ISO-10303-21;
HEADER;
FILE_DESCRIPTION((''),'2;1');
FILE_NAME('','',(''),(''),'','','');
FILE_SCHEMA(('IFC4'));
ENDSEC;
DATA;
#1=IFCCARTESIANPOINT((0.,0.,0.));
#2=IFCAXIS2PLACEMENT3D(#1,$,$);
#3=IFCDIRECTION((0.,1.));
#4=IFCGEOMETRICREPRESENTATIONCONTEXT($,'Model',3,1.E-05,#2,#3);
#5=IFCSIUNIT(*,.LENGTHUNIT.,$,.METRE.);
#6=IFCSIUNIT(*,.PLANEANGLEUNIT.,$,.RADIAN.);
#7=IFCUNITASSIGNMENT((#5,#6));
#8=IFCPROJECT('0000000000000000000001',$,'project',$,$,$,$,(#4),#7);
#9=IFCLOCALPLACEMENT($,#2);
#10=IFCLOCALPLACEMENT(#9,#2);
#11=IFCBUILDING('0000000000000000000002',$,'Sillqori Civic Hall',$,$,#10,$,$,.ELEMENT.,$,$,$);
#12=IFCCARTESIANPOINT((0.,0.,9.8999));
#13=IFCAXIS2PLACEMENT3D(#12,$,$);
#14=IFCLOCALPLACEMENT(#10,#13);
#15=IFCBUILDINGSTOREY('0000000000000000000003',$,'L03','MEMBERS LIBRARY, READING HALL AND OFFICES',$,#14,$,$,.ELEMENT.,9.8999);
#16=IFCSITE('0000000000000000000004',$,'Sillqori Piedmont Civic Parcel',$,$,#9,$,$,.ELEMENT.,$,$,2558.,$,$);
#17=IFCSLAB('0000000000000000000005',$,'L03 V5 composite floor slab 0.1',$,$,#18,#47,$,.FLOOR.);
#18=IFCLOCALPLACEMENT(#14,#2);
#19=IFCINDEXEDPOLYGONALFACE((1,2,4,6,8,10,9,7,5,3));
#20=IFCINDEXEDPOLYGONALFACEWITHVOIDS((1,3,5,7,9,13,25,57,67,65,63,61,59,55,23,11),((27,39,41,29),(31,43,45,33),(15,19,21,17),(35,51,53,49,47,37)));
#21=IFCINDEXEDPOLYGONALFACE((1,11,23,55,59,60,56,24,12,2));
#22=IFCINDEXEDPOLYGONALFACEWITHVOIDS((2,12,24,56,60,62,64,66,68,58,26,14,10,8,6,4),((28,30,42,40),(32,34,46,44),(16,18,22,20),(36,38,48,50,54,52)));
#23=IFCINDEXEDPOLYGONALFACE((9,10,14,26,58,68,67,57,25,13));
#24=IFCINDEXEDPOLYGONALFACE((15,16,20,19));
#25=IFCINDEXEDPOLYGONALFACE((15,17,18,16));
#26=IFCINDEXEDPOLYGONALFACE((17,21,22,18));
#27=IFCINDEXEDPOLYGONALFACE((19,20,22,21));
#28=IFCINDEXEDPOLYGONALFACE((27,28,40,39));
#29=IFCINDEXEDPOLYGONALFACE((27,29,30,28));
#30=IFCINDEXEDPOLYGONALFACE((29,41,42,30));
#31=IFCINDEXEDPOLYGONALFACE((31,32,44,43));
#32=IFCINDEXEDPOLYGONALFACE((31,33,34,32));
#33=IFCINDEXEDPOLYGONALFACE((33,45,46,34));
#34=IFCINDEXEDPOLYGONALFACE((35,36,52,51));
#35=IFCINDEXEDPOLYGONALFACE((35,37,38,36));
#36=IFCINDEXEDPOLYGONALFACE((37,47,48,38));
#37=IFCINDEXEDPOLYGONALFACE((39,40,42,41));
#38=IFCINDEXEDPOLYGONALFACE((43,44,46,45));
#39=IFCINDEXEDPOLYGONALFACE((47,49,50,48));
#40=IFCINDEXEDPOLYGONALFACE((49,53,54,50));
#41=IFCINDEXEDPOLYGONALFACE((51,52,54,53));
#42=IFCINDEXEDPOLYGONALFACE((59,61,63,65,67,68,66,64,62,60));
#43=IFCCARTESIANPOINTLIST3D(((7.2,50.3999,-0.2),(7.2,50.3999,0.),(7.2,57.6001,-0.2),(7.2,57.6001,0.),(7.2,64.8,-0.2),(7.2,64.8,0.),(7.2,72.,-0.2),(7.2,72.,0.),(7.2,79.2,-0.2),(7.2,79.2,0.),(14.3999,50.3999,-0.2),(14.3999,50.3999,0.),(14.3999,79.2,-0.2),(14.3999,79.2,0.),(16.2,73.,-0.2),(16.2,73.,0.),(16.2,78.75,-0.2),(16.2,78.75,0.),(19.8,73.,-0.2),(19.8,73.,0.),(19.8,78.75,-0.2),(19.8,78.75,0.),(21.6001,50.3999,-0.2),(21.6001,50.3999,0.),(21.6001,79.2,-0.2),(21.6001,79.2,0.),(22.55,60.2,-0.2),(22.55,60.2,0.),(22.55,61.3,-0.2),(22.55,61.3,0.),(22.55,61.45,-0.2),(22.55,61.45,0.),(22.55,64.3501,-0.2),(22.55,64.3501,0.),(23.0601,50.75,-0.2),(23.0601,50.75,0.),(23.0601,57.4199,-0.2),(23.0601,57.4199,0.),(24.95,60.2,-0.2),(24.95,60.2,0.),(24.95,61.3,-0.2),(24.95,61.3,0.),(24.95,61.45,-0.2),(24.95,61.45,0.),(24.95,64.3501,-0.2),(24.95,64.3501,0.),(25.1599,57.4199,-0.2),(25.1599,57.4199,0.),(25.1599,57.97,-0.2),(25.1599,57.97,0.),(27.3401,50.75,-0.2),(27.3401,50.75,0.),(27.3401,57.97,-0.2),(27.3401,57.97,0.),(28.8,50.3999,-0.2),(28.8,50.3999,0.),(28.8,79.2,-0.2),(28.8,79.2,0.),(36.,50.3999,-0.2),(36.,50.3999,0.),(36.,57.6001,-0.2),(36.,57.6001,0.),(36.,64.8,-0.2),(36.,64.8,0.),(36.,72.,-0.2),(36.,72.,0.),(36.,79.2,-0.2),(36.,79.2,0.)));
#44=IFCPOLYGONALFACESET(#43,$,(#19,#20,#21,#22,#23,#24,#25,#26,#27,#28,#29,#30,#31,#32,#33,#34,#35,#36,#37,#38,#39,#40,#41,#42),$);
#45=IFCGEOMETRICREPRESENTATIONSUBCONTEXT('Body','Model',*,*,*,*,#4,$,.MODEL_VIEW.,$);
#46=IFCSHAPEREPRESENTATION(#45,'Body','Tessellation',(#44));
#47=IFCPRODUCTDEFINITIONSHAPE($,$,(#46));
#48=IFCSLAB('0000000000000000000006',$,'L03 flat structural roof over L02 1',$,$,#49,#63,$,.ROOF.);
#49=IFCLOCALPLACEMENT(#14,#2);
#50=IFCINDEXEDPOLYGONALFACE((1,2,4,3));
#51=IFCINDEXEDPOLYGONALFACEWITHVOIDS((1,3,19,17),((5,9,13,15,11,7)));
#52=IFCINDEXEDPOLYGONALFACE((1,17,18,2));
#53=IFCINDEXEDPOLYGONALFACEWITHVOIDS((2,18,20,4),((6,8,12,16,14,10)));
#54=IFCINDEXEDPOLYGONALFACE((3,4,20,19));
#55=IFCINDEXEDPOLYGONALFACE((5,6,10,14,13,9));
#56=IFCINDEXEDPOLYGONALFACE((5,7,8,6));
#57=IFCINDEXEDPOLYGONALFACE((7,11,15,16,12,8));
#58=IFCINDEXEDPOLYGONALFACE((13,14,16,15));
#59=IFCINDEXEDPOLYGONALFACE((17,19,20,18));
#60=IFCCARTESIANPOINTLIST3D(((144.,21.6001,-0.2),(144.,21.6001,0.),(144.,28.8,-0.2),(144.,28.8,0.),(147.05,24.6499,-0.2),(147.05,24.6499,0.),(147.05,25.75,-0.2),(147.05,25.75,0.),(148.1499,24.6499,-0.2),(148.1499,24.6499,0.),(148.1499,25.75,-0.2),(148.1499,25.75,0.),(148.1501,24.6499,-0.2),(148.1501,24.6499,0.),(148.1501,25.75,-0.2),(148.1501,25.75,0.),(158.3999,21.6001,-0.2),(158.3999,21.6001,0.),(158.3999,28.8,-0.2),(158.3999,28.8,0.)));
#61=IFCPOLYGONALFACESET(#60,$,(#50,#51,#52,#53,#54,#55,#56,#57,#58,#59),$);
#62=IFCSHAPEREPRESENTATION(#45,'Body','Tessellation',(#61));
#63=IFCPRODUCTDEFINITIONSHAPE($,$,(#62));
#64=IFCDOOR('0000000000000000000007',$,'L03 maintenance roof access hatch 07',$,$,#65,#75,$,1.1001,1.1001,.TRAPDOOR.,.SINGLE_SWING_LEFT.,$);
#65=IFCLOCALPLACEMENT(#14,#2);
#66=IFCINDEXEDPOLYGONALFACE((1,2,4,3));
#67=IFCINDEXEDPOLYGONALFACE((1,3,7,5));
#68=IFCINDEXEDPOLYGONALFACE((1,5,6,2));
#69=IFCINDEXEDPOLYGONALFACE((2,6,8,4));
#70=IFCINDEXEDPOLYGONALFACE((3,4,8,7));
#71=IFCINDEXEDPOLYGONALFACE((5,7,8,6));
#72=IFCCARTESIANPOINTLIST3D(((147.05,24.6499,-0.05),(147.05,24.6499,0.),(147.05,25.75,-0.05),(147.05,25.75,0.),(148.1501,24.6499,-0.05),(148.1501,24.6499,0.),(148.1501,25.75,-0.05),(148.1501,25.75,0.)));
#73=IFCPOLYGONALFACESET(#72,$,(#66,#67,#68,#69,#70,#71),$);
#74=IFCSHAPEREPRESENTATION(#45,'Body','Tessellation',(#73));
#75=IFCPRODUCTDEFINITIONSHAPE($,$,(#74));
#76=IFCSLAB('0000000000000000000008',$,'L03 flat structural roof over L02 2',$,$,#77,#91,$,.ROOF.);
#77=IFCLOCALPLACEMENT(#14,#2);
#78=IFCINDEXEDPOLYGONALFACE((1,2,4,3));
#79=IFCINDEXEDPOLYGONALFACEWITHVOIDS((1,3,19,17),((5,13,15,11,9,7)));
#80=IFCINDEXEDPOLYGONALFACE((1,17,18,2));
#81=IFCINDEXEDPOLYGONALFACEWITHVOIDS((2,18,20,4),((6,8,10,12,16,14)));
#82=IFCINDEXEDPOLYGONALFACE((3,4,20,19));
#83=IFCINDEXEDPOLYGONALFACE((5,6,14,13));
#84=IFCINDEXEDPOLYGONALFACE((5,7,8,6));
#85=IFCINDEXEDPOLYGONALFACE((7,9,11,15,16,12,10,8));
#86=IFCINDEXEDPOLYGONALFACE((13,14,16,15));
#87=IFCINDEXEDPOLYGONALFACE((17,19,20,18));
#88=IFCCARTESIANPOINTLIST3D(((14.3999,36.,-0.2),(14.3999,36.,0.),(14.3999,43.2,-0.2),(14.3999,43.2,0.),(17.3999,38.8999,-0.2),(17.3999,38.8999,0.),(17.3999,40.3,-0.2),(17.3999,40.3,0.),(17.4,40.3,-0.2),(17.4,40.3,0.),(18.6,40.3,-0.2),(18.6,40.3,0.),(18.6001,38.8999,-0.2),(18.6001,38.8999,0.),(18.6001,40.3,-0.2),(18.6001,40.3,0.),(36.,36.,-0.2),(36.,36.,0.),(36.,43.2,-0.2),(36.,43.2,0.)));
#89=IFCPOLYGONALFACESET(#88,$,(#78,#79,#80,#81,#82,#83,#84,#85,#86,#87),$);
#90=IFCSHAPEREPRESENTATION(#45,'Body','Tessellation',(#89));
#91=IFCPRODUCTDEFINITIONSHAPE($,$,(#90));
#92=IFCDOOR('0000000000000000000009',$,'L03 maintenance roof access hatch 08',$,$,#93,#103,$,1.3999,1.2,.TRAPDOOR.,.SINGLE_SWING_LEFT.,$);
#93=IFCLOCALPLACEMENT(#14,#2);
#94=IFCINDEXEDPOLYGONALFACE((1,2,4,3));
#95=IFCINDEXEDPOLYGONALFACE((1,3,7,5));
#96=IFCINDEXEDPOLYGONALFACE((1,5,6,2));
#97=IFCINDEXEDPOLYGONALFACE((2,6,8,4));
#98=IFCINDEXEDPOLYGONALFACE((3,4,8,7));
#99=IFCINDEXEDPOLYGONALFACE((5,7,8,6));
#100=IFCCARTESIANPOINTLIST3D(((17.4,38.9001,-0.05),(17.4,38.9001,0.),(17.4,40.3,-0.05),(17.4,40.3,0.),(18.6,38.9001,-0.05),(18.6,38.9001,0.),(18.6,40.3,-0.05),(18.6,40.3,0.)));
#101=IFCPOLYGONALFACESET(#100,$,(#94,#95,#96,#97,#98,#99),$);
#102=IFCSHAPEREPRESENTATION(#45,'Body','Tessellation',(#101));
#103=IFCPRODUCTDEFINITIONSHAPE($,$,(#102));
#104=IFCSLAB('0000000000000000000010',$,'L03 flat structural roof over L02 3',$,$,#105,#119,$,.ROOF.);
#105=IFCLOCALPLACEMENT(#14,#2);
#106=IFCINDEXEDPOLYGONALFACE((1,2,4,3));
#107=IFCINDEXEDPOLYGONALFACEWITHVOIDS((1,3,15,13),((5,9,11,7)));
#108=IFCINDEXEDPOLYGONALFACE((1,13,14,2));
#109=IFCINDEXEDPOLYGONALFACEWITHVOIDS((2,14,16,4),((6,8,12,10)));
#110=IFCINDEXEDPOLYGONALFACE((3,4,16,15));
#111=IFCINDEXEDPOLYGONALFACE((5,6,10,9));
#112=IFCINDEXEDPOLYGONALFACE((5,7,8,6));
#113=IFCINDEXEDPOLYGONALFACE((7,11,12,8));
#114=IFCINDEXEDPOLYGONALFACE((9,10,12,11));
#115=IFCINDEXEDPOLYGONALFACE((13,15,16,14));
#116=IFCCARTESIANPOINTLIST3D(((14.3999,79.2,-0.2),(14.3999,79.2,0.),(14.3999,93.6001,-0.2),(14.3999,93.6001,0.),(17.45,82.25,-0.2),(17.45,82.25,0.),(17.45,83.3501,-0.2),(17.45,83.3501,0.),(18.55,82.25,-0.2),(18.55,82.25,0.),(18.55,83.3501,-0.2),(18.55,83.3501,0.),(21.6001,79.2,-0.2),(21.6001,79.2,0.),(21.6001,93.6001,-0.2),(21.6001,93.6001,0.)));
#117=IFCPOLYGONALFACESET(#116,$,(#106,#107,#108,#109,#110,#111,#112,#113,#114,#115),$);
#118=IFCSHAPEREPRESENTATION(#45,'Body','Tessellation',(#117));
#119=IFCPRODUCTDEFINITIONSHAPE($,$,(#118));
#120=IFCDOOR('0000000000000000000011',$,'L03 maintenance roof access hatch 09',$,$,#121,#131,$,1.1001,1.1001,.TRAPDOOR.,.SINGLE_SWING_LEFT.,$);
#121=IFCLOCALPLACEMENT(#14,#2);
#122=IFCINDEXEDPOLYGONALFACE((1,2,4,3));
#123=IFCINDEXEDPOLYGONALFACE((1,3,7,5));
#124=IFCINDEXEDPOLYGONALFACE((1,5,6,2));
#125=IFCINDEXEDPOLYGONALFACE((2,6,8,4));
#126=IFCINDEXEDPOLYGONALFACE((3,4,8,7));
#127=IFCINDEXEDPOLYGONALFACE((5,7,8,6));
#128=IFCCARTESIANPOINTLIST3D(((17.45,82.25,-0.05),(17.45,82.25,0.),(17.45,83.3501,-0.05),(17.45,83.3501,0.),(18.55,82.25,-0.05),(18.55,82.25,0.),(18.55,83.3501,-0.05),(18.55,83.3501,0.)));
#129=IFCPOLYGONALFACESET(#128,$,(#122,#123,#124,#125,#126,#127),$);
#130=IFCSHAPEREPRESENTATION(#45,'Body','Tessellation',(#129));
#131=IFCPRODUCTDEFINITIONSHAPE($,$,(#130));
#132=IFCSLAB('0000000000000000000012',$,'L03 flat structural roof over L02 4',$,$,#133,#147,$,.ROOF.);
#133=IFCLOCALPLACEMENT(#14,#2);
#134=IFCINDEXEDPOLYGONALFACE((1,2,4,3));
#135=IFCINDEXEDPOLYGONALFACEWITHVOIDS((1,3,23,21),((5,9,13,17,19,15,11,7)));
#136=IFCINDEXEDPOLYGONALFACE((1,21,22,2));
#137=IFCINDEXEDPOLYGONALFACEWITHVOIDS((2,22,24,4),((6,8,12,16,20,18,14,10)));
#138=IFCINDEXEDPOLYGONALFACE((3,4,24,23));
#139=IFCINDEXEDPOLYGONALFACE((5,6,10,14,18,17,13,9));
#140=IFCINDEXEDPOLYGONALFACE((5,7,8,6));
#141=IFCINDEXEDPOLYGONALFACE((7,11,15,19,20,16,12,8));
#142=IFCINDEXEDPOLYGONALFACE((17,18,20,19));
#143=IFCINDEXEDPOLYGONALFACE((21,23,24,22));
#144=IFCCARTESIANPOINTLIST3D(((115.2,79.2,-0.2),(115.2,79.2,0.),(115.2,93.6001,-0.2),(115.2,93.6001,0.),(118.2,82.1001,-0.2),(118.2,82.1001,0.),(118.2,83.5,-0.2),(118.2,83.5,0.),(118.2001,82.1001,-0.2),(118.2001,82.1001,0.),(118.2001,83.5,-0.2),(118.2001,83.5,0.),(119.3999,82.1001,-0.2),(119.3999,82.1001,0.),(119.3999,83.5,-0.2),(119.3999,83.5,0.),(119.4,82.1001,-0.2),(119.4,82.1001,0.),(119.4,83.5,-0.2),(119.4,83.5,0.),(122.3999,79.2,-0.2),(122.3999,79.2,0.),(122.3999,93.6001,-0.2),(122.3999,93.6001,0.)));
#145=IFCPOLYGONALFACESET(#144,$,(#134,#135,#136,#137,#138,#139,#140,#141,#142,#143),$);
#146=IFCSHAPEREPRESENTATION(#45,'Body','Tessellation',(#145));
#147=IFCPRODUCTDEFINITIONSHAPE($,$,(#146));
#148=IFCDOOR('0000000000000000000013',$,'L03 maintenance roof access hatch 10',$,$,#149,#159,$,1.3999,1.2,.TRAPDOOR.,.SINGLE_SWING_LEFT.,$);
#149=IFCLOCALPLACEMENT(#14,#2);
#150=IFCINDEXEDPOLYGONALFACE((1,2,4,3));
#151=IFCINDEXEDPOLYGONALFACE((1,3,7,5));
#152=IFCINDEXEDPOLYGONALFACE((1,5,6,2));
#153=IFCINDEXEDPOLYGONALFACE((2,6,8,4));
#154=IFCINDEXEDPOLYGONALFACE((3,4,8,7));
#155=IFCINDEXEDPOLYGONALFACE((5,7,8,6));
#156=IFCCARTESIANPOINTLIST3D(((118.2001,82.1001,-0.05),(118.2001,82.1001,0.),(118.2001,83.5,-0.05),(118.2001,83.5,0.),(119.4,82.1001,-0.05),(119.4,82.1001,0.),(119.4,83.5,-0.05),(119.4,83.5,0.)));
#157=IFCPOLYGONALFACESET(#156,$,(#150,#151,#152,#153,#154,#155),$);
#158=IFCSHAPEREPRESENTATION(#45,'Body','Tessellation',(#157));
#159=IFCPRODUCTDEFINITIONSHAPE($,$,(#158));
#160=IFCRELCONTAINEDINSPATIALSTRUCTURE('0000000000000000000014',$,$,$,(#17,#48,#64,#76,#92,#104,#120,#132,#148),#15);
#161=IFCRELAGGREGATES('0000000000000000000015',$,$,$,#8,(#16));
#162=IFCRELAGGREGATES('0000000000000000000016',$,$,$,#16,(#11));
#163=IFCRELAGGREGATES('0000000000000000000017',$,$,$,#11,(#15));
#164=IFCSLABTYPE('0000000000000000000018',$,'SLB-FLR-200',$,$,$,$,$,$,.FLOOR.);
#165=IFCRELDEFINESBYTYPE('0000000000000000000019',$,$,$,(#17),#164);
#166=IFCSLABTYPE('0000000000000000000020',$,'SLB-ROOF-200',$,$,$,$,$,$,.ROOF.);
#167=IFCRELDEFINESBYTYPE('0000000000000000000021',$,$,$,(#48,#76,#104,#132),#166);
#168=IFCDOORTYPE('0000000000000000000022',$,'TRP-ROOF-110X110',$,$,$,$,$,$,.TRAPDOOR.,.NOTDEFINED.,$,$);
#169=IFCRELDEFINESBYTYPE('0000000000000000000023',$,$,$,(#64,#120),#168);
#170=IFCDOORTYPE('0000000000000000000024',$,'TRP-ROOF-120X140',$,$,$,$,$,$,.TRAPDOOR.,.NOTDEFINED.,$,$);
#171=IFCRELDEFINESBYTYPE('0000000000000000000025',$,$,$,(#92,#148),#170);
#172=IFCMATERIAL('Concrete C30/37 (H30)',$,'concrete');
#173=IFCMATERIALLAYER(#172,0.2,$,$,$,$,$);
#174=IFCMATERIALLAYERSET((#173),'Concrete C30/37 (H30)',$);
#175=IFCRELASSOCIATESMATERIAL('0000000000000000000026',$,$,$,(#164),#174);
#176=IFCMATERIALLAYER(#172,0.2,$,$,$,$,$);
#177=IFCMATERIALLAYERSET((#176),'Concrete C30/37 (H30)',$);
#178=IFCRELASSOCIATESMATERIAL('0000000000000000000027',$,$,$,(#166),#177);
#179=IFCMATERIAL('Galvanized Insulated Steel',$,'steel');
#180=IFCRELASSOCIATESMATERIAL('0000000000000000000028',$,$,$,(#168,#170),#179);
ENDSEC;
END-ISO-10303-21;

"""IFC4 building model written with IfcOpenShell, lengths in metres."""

from ifc_helpers import new_model, si_unit, direction, frame, origin, origin_2d, place, context, subcontext, project, spatial, polyline, rectangle, outline, extrude, material, layer, layer_set, type_object, element, fill, save


model = new_model("IFC4")

# Units and contexts
model_context = context("Model", 3, precision=1e-05, world=origin(), true_north=direction((0.0, 1.0)))
body_context = subcontext(model_context, "Body", "Model", "MODEL_VIEW")
ifc_project = project(units=[si_unit("LENGTHUNIT", "METRE"), si_unit("PLANEANGLEUNIT", "RADIAN")], contexts=[model_context])

# Site, building, storey
site_placement = place(None, origin())
site = spatial("IfcSite", under=ifc_project, at=site_placement, Name="Sillqori Piedmont Civic Parcel", CompositionType="ELEMENT", RefElevation=2558.0)
building_placement = place(site_placement, origin())
building = spatial("IfcBuilding", under=site, at=building_placement, Name="Sillqori Civic Hall", CompositionType="ELEMENT")
storey_placement = place(building_placement, frame((0.0, 0.0, 9.8999)))
storey = spatial("IfcBuildingStorey", under=building, at=storey_placement, Name="L03", Description="MEMBERS LIBRARY, READING HALL AND OFFICES", CompositionType="ELEMENT", Elevation=9.8999)

# Slab
ifc_material_1 = material(Name="Concrete C30/37 (H30)", Category="concrete")
ifc_layer_1 = layer(ifc_material_1, 0.2)
ifc_layer_set_1 = layer_set([ifc_layer_1], Name="Concrete C30/37 (H30)")
slab_type_1 = type_object("IfcSlabType", Name="SLB-FLR-200", PredefinedType="FLOOR", material=ifc_layer_set_1)
slab_1_placement = place(storey_placement, frame((0.0, 0.0, -0.2)))
element("IfcSlab", 1, at=slab_1_placement, inside=storey, type_object=slab_type_1, Name="L03 V5 composite floor slab 0.1", PredefinedType="FLOOR", context=body_context, shape_type="SweptSolid", body=[
    extrude(outline(polyline([(7.2, 79.2), (14.3999, 79.2), (21.6001, 79.2), (28.8, 79.2), (36.0, 79.2), (36.0, 72.0), (36.0, 64.8), (36.0, 57.6001), (36.0, 50.3999), (28.8, 50.3999), (21.6001, 50.3999), (14.3999, 50.3999), (7.2, 50.3999), (7.2, 57.6001), (7.2, 64.8), (7.2, 72.0), (7.2, 79.2)]), holes=[polyline([(25.1599, 57.4199), (23.0601, 57.4199), (23.0601, 50.75), (27.3401, 50.75), (27.3401, 57.97), (25.1599, 57.97), (25.1599, 57.4199)]), polyline([(24.95, 60.2), (24.95, 61.3), (22.55, 61.3), (22.55, 60.2), (24.95, 60.2)]), polyline([(24.95, 61.45), (24.95, 64.3501), (22.55, 64.3501), (22.55, 61.45), (24.95, 61.45)]), polyline([(19.8, 73.0), (19.8, 78.75), (16.2, 78.75), (16.2, 73.0), (19.8, 73.0)])]), origin(), (0.0, 0.0, 1.0), 0.2),
])

# Slabs, openings, doors
ifc_layer_2 = layer(ifc_material_1, 0.2)
ifc_layer_set_2 = layer_set([ifc_layer_2], Name="Concrete C30/37 (H30)")
slab_type_2 = type_object("IfcSlabType", Name="SLB-ROOF-200", PredefinedType="ROOF", material=ifc_layer_set_2)
slab_2_placement = place(storey_placement, frame((0.0, 0.0, -0.2)))
slab_2 = element("IfcSlab", 2, at=slab_2_placement, inside=storey, type_object=slab_type_2, Name="L03 flat structural roof over L02 1", PredefinedType="ROOF", context=body_context, shape_type="SweptSolid", body=[
    extrude(outline(polyline([(151.2, 28.8), (158.3999, 28.8), (158.3999, 21.6001), (151.2, 21.6001), (144.0, 21.6001), (144.0, 28.8), (151.2, 28.8)]), holes=[polyline([(147.05, 24.6499), (147.05, 25.75), (148.1499, 25.75), (148.1499, 24.6499), (147.05, 24.6499)])]), origin(), (0.0, 0.0, 1.0), 0.2),
])
opening_1_placement = place(slab_2_placement, frame((147.6001, 25.2, 0.0)))
opening_1 = element("IfcOpeningElement", 3, at=opening_1_placement, cuts=slab_2, PredefinedType="OPENING", context=body_context, shape_type="SweptSolid", body=[
    extrude(rectangle(XDim=1.1001, YDim=1.1001, at=origin_2d()), frame((0.0, 0.0, -0.01)), (0.0, 0.0, 1.0), 0.22),
])
ifc_material_2 = material(Name="Galvanized Insulated Steel", Category="steel")
door_type_1 = type_object("IfcDoorType", Name="TRP-ROOF-110X110", OperationType="NOTDEFINED", PredefinedType="TRAPDOOR", material=ifc_material_2)
door_1_placement = place(opening_1_placement, frame((0.0, 0.0, 0.1499)))
door_1 = element("IfcDoor", 4, at=door_1_placement, inside=storey, type_object=door_type_1, Name="L03 maintenance roof access hatch 07", OperationType="SINGLE_SWING_LEFT", OverallHeight=1.1001, OverallWidth=1.1001, PredefinedType="TRAPDOOR", context=body_context, shape_type="SweptSolid", body=[
    extrude(rectangle(XDim=1.1001, YDim=1.1001, at=origin_2d()), origin(), (0.0, 0.0, 1.0), 0.05),
])
fill(opening_1, door_1)
slab_3_placement = place(storey_placement, frame((0.0, 0.0, -0.2)))
slab_3 = element("IfcSlab", 5, at=slab_3_placement, inside=storey, type_object=slab_type_2, Name="L03 flat structural roof over L02 2", PredefinedType="ROOF", context=body_context, shape_type="SweptSolid", body=[
    extrude(outline(polyline([(21.6001, 43.2), (28.8, 43.2), (36.0, 43.2), (36.0, 36.0), (28.8, 36.0), (21.6001, 36.0), (14.3999, 36.0), (14.3999, 43.2), (21.6001, 43.2)]), holes=[polyline([(17.3999, 38.8999), (17.3999, 40.3), (18.6001, 40.3), (18.6001, 38.8999), (17.3999, 38.8999)])]), origin(), (0.0, 0.0, 1.0), 0.2),
])
opening_2_placement = place(slab_3_placement, frame((18.0, 39.6001, 0.0)))
opening_2 = element("IfcOpeningElement", 6, at=opening_2_placement, cuts=slab_3, PredefinedType="OPENING", context=body_context, shape_type="SweptSolid", body=[
    extrude(rectangle(XDim=1.2, YDim=1.3999, at=origin_2d()), frame((0.0, 0.0, -0.01)), (0.0, 0.0, 1.0), 0.22),
])
door_type_2 = type_object("IfcDoorType", Name="TRP-ROOF-120X140", OperationType="NOTDEFINED", PredefinedType="TRAPDOOR", material=ifc_material_2)
door_2_placement = place(opening_2_placement, frame((0.0, 0.0, 0.1499)))
door_2 = element("IfcDoor", 7, at=door_2_placement, inside=storey, type_object=door_type_2, Name="L03 maintenance roof access hatch 08", OperationType="SINGLE_SWING_LEFT", OverallHeight=1.3999, OverallWidth=1.2, PredefinedType="TRAPDOOR", context=body_context, shape_type="SweptSolid", body=[
    extrude(rectangle(XDim=1.2, YDim=1.3999, at=origin_2d()), origin(), (0.0, 0.0, 1.0), 0.05),
])
fill(opening_2, door_2)
slab_4_placement = place(storey_placement, frame((0.0, 0.0, -0.2)))
slab_4 = element("IfcSlab", 8, at=slab_4_placement, inside=storey, type_object=slab_type_2, Name="L03 flat structural roof over L02 3", PredefinedType="ROOF", context=body_context, shape_type="SweptSolid", body=[
    extrude(outline(polyline([(14.3999, 93.6001), (21.6001, 93.6001), (21.6001, 86.3999), (21.6001, 79.2), (14.3999, 79.2), (14.3999, 86.3999), (14.3999, 93.6001)]), holes=[polyline([(17.45, 82.25), (17.45, 83.3501), (18.55, 83.3501), (18.55, 82.25), (17.45, 82.25)])]), origin(), (0.0, 0.0, 1.0), 0.2),
])
opening_3_placement = place(slab_4_placement, frame((18.0, 82.8, 0.0)))
opening_3 = element("IfcOpeningElement", 9, at=opening_3_placement, cuts=slab_4, PredefinedType="OPENING", context=body_context, shape_type="SweptSolid", body=[
    extrude(rectangle(XDim=1.1001, YDim=1.1001, at=origin_2d()), frame((0.0, 0.0, -0.01)), (0.0, 0.0, 1.0), 0.22),
])
door_3_placement = place(opening_3_placement, frame((0.0, 0.0, 0.1499)))
door_3 = element("IfcDoor", 10, at=door_3_placement, inside=storey, type_object=door_type_1, Name="L03 maintenance roof access hatch 09", OperationType="SINGLE_SWING_LEFT", OverallHeight=1.1001, OverallWidth=1.1001, PredefinedType="TRAPDOOR", context=body_context, shape_type="SweptSolid", body=[
    extrude(rectangle(XDim=1.1001, YDim=1.1001, at=origin_2d()), origin(), (0.0, 0.0, 1.0), 0.05),
])
fill(opening_3, door_3)
slab_5_placement = place(storey_placement, frame((0.0, 0.0, -0.2)))
slab_5 = element("IfcSlab", 11, at=slab_5_placement, inside=storey, type_object=slab_type_2, Name="L03 flat structural roof over L02 4", PredefinedType="ROOF", context=body_context, shape_type="SweptSolid", body=[
    extrude(outline(polyline([(115.2, 86.3999), (115.2, 93.6001), (122.3999, 93.6001), (122.3999, 86.3999), (122.3999, 79.2), (115.2, 79.2), (115.2, 86.3999)]), holes=[polyline([(118.2, 82.1001), (118.2, 83.5), (119.3999, 83.5), (119.3999, 82.1001), (118.2, 82.1001)])]), origin(), (0.0, 0.0, 1.0), 0.2),
])
opening_4_placement = place(slab_5_placement, frame((118.8, 82.8, 0.0)))
opening_4 = element("IfcOpeningElement", 12, at=opening_4_placement, cuts=slab_5, PredefinedType="OPENING", context=body_context, shape_type="SweptSolid", body=[
    extrude(rectangle(XDim=1.2, YDim=1.3999, at=origin_2d()), frame((0.0, 0.0, -0.01)), (0.0, 0.0, 1.0), 0.22),
])
door_4_placement = place(opening_4_placement, frame((0.0, 0.0, 0.1499)))
door_4 = element("IfcDoor", 13, at=door_4_placement, inside=storey, type_object=door_type_2, Name="L03 maintenance roof access hatch 10", OperationType="SINGLE_SWING_LEFT", OverallHeight=1.3999, OverallWidth=1.2, PredefinedType="TRAPDOOR", context=body_context, shape_type="SweptSolid", body=[
    extrude(rectangle(XDim=1.2, YDim=1.3999, at=origin_2d()), origin(), (0.0, 0.0, 1.0), 0.05),
])
fill(opening_4, door_4)

save(model, "model.ifc")
